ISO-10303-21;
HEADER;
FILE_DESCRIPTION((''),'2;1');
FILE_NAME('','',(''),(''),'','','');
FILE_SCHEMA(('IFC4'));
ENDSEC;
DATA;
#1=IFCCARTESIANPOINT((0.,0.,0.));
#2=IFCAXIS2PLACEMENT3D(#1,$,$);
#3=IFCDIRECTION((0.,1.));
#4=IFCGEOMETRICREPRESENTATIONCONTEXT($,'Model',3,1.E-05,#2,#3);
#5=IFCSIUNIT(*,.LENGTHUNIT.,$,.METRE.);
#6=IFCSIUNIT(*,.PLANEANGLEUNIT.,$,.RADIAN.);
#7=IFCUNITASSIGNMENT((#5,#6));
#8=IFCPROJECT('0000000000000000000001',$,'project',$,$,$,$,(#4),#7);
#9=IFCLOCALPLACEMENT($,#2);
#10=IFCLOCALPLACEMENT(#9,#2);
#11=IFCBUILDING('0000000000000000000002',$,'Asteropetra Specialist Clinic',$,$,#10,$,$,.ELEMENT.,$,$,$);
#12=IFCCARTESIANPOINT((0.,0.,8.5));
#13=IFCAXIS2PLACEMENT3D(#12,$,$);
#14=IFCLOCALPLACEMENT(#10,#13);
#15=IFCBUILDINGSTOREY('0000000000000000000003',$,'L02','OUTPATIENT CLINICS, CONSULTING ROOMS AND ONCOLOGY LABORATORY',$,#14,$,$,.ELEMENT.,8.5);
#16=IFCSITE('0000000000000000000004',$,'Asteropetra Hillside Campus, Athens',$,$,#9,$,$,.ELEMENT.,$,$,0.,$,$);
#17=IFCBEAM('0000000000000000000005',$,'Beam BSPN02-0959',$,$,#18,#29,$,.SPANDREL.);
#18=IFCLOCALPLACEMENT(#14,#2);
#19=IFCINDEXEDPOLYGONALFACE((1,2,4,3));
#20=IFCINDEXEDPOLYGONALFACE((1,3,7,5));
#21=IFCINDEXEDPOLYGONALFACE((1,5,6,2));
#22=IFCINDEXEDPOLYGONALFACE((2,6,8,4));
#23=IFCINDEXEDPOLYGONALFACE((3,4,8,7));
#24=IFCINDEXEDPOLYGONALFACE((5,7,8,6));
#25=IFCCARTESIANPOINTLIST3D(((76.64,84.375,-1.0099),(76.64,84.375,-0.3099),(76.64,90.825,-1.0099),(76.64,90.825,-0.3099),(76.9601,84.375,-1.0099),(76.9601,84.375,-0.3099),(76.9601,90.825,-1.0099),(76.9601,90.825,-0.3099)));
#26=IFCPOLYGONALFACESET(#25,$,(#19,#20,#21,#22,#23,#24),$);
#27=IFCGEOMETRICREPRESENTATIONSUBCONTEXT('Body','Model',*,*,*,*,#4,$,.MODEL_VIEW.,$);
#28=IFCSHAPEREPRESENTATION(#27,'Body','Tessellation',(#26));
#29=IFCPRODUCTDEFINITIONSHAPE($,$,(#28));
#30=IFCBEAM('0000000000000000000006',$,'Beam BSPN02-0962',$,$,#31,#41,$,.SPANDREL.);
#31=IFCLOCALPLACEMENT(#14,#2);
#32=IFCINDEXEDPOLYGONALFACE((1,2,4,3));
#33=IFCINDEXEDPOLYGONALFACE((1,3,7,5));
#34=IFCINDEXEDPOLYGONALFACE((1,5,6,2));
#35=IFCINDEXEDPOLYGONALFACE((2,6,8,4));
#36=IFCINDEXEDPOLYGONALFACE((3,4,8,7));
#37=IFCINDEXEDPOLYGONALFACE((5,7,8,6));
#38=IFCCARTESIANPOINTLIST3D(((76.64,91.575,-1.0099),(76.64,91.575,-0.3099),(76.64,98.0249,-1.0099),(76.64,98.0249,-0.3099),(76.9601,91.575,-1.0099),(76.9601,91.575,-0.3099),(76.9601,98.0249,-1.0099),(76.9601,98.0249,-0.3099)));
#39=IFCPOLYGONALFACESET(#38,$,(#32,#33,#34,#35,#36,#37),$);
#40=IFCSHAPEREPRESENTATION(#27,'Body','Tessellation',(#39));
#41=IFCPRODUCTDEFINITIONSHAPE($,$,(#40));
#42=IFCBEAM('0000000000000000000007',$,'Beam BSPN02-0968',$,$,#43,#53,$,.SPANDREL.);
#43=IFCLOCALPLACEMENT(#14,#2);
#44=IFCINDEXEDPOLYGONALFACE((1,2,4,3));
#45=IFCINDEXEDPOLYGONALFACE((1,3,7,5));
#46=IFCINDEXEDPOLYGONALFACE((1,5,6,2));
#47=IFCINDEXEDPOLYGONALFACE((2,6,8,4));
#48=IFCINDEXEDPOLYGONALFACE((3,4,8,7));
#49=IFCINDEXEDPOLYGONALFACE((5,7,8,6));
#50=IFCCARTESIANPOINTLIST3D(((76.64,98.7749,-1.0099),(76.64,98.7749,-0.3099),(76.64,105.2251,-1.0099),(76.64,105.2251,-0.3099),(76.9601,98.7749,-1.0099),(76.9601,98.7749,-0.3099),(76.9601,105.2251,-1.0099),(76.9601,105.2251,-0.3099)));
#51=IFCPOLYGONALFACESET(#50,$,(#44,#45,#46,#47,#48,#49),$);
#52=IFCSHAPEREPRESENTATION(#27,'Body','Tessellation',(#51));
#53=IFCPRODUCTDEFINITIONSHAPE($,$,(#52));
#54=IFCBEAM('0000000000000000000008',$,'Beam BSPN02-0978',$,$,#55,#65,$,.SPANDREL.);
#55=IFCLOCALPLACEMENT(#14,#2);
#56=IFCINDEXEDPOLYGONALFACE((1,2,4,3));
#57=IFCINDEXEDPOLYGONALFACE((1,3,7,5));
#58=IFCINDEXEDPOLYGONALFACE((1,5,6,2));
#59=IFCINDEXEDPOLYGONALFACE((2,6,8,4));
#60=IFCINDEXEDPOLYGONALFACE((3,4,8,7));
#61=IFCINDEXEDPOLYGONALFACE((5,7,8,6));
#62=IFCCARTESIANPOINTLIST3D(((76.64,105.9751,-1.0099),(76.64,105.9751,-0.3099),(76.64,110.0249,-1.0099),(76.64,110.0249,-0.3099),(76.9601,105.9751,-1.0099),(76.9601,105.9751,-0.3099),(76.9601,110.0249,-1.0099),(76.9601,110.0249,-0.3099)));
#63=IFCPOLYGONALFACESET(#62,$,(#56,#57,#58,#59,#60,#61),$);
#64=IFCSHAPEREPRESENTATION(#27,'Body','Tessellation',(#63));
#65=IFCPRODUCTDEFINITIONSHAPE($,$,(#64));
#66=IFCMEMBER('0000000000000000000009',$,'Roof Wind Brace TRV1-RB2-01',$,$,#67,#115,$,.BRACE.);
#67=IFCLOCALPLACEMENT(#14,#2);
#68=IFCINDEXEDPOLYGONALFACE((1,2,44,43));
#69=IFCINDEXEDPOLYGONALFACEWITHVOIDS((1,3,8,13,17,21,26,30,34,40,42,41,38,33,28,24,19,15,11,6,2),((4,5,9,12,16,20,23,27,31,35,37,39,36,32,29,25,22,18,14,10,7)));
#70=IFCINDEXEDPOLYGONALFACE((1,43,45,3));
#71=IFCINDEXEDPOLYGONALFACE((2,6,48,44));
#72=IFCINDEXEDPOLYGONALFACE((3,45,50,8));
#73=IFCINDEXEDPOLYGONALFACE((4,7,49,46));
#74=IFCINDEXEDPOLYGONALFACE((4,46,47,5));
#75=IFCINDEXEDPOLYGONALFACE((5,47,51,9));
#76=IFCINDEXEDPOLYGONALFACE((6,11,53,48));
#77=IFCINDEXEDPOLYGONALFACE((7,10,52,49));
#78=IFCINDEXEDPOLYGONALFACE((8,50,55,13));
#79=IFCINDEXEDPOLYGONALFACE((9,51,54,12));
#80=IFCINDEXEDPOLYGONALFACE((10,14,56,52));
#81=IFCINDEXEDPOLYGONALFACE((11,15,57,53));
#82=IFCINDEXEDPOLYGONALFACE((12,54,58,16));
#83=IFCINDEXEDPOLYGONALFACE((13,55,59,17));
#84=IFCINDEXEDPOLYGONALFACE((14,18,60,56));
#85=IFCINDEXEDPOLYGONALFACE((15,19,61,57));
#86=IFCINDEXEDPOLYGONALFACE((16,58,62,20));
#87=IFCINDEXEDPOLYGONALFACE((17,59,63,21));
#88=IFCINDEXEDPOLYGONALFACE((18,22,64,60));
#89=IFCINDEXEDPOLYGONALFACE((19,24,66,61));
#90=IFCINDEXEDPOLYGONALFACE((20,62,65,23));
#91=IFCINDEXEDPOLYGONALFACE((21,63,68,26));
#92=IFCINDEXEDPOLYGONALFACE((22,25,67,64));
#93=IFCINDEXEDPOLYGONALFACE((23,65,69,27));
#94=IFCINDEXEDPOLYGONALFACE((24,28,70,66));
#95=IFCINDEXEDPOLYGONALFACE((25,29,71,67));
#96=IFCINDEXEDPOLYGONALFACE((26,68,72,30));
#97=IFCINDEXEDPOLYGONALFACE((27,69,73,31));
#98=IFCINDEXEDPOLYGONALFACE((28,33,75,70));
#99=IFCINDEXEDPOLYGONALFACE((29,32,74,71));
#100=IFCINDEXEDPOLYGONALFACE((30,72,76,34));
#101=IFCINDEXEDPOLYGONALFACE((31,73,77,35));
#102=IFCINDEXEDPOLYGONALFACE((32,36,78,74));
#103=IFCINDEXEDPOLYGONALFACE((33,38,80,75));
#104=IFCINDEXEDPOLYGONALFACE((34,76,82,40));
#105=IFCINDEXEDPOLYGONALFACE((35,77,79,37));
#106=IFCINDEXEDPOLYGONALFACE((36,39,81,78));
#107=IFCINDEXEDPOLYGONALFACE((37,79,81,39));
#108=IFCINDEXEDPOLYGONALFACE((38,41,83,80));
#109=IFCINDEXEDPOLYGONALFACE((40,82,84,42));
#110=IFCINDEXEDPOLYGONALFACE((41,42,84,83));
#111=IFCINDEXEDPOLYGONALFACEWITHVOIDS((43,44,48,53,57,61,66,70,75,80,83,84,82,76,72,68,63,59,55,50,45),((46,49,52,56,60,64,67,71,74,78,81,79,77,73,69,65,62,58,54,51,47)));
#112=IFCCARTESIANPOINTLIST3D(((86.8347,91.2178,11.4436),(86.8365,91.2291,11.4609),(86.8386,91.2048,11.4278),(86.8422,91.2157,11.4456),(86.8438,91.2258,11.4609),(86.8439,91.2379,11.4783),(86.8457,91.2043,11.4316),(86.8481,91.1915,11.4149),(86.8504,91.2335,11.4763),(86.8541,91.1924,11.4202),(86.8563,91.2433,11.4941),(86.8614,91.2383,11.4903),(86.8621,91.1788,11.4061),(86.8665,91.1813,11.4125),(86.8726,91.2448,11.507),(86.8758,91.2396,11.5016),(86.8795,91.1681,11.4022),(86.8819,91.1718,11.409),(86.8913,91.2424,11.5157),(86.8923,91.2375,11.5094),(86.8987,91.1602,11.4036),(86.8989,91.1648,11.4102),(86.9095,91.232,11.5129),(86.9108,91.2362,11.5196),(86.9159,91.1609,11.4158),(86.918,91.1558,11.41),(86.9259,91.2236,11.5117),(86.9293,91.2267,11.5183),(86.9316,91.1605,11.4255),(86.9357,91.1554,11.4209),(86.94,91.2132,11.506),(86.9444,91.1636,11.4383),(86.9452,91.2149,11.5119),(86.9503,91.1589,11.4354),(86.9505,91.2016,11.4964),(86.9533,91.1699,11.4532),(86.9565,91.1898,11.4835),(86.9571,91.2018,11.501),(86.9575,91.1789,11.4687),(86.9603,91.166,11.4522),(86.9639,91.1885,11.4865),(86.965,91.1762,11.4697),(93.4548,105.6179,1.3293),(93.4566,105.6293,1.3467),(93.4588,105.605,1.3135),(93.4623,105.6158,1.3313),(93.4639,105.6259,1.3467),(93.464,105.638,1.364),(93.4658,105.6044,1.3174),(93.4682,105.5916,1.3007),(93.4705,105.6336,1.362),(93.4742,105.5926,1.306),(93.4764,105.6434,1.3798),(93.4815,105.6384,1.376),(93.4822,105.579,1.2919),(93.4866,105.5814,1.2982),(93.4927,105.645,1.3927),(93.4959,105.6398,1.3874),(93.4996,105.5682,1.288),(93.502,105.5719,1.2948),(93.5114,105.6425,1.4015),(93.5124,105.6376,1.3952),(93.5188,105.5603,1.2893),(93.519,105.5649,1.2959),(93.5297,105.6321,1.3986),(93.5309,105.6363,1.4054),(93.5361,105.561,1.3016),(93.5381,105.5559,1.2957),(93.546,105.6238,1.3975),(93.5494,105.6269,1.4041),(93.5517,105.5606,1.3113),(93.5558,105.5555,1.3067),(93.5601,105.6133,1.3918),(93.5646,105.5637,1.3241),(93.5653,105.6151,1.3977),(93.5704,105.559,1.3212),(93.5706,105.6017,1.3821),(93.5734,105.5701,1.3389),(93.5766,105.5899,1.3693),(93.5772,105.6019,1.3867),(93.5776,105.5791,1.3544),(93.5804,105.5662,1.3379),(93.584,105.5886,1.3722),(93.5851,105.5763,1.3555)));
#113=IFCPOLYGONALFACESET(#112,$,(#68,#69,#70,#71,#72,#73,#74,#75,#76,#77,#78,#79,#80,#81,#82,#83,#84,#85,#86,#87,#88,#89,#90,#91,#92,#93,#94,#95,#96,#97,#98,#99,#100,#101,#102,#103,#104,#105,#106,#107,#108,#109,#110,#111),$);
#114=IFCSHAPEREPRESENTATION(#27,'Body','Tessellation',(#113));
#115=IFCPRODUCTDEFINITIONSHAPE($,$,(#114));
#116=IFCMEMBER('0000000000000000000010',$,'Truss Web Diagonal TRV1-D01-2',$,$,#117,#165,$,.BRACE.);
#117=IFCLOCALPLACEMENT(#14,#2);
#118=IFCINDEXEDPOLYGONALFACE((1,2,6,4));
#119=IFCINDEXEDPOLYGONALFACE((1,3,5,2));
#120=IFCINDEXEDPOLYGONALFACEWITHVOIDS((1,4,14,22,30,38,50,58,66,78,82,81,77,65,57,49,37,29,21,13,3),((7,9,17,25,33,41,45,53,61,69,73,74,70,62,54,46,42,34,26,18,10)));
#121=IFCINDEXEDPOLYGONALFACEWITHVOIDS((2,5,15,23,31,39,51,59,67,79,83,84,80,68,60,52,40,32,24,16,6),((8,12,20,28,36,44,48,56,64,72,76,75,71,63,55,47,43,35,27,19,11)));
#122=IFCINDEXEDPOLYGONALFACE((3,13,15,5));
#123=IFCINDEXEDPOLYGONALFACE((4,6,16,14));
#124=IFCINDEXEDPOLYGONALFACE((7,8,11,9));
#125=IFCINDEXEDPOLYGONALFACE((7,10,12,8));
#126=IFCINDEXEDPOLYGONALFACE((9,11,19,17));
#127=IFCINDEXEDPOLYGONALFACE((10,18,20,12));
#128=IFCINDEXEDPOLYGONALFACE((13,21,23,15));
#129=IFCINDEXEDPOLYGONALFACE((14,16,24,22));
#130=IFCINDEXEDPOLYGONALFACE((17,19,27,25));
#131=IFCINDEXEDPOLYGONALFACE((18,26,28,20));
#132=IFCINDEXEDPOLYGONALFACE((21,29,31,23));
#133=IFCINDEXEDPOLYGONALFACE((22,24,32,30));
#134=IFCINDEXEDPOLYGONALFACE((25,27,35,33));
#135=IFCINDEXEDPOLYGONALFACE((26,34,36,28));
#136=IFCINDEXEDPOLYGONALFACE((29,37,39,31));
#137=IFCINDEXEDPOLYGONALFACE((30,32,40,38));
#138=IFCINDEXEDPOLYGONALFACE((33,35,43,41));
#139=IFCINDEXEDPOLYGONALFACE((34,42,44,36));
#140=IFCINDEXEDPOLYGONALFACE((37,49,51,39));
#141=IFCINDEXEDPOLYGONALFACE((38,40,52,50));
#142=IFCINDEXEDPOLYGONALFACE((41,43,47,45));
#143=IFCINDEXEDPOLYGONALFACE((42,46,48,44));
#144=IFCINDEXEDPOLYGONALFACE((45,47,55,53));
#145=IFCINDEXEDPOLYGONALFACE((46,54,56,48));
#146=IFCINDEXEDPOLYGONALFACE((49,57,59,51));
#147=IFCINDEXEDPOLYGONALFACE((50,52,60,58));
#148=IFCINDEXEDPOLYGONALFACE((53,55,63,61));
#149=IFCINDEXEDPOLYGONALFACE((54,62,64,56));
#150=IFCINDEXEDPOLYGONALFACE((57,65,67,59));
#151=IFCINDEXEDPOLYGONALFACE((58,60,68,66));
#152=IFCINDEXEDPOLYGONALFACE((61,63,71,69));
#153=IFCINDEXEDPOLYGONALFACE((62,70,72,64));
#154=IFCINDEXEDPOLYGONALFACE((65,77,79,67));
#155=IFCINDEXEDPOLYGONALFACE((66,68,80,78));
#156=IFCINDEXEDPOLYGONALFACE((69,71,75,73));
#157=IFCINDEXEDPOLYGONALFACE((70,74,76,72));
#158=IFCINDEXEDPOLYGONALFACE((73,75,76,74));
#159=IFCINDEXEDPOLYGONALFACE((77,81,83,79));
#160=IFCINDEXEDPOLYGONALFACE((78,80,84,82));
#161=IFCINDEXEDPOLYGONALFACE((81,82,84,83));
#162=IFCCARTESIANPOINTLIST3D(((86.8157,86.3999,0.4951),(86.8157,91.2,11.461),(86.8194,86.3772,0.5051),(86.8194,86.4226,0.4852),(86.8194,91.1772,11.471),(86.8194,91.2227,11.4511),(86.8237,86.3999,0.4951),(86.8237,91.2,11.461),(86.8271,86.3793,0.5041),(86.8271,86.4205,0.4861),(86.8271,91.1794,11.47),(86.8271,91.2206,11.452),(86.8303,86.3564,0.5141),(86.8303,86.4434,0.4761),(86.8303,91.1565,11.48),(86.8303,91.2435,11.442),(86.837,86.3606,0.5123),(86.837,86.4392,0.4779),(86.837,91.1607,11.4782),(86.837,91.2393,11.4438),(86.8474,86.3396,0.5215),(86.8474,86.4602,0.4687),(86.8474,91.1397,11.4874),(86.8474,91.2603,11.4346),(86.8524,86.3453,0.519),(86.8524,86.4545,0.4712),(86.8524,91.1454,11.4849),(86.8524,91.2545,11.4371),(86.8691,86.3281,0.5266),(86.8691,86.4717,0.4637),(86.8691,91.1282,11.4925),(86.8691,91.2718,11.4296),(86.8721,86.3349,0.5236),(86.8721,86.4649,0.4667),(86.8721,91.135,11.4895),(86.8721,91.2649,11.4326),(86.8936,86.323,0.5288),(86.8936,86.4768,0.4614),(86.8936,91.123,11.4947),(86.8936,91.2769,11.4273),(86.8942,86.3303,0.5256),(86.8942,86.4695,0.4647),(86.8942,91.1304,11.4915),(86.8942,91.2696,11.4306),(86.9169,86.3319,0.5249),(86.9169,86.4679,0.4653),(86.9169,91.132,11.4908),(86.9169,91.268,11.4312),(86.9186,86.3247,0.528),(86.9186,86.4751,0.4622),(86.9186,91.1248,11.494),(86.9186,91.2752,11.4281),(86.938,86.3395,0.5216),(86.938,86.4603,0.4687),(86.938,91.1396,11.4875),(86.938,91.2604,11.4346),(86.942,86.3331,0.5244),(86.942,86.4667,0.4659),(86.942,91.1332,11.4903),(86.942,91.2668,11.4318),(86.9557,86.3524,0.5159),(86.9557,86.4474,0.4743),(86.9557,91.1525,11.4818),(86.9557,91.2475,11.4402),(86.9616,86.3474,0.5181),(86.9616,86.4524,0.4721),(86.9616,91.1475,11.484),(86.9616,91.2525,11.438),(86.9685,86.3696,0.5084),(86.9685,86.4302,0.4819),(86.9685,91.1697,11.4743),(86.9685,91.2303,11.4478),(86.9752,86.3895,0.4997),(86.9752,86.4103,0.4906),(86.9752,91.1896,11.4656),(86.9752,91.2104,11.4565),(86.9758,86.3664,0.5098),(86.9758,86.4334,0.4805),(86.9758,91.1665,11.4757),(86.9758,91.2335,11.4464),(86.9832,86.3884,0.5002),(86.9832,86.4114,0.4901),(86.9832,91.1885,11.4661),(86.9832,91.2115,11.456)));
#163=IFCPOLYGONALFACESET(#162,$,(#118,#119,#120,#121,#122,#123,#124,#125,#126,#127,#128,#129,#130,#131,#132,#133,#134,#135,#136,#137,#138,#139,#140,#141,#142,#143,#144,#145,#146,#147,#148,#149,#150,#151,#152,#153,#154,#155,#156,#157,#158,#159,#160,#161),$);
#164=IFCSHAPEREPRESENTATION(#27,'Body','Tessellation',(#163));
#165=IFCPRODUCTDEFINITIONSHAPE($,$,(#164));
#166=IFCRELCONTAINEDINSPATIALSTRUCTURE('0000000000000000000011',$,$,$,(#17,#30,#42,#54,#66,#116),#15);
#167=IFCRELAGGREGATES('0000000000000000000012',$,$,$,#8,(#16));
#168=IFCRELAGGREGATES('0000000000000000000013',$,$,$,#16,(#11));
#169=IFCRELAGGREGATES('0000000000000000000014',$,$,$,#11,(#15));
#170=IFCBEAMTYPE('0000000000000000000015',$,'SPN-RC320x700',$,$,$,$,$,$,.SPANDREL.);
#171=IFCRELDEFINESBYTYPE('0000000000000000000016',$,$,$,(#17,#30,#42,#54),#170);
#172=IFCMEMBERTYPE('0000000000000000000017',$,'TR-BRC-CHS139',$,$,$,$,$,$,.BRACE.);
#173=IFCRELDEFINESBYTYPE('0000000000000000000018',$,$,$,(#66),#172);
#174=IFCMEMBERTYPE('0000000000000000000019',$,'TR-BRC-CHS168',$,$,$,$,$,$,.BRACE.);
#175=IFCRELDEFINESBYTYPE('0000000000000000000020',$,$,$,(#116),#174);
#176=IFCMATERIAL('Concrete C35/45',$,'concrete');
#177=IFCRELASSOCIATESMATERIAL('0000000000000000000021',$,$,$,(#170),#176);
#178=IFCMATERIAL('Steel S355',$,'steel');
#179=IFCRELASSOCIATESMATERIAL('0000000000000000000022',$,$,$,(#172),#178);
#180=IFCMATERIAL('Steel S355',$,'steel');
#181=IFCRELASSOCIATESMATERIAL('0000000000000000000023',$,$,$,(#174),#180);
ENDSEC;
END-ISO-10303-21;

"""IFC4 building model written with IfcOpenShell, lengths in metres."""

from ifc_helpers import new_model, si_unit, direction, frame, origin, origin_2d, place, context, subcontext, project, spatial, rectangle, hollow_circle, extrude, material, material_profile, profile_set, type_object, element, save


model = new_model("IFC4")

# Units and contexts
model_context = context("Model", 3, precision=1e-05, world=origin(), true_north=direction((0.0, 1.0)))
body_context = subcontext(model_context, "Body", "Model", "MODEL_VIEW")
ifc_project = project(units=[si_unit("LENGTHUNIT", "METRE"), si_unit("PLANEANGLEUNIT", "RADIAN")], contexts=[model_context])

# Site, building, storey
site_placement = place(None, origin())
site = spatial("IfcSite", under=ifc_project, at=site_placement, Name="Asteropetra Hillside Campus, Athens", CompositionType="ELEMENT", RefElevation=0.0)
building_placement = place(site_placement, origin())
building = spatial("IfcBuilding", under=site, at=building_placement, Name="Asteropetra Specialist Clinic", CompositionType="ELEMENT")
storey_placement = place(building_placement, frame((0.0, 0.0, 8.5)))
storey = spatial("IfcBuildingStorey", under=building, at=storey_placement, Name="L02", Description="OUTPATIENT CLINICS, CONSULTING ROOMS AND ONCOLOGY LABORATORY", CompositionType="ELEMENT", Elevation=8.5)

# Beams
ifc_material_1 = material(Name="Concrete C35/45", Category="concrete")
ifc_material_profile_1 = material_profile(ifc_material_1, rectangle(XDim=0.3201, YDim=0.7, at=origin_2d()), Name="RCS 320x700")
ifc_profile_set_1 = profile_set([ifc_material_profile_1], Name="Concrete C35/45")
beam_type = type_object("IfcBeamType", Name="SPN-RC320x700", PredefinedType="SPANDREL", material=ifc_profile_set_1)
for number, where, z_axis, x_axis, name in (
    (1, (76.8, 84.375, -0.6599), (0.0, 1.0, 0.0), (-1.0, 0.0, 0.0), "Beam BSPN02-0959"),
    (2, (76.8, 91.575, -0.6599), (0.0, 1.0, 0.0), (-1.0, 0.0, 0.0), "Beam BSPN02-0962"),
):
    element("IfcBeam", number, at=place(storey_placement, frame(where, z_axis=z_axis, x_axis=x_axis)), inside=storey, type_object=beam_type, Name=name, PredefinedType="SPANDREL", context=body_context, shape_type="SweptSolid", body=[
        extrude(rectangle(XDim=0.3201, YDim=0.7, at=origin_2d()), origin(), (0.0, 0.0, 1.0), 6.45),
    ])
beam_1_placement = place(storey_placement, frame((76.8, 98.7749, -0.6599), z_axis=(0.0, 1.0, 0.0), x_axis=(-1.0, 0.0, 0.0)))
element("IfcBeam", 3, at=beam_1_placement, inside=storey, type_object=beam_type, Name="Beam BSPN02-0968", PredefinedType="SPANDREL", context=body_context, shape_type="SweptSolid", body=[
    extrude(rectangle(XDim=0.3201, YDim=0.7, at=origin_2d()), origin(), (0.0, 0.0, 1.0), 6.4502),
])
beam_2_placement = place(storey_placement, frame((76.8, 105.9751, -0.6599), z_axis=(0.0, 1.0, 0.0), x_axis=(-1.0, 0.0, 0.0)))
element("IfcBeam", 4, at=beam_2_placement, inside=storey, type_object=beam_type, Name="Beam BSPN02-0978", PredefinedType="SPANDREL", context=body_context, shape_type="SweptSolid", body=[
    extrude(rectangle(XDim=0.3201, YDim=0.7, at=origin_2d()), origin(), (0.0, 0.0, 1.0), 4.0498),
])

# Members
ifc_material_2 = material(Name="Steel S355", Category="steel")
ifc_material_profile_2 = material_profile(ifc_material_2, hollow_circle(Radius=0.0698, WallThickness=0.0081, at=origin_2d()), Name="CHS 139.7x8.0")
ifc_profile_set_2 = profile_set([ifc_material_profile_2], Name="Steel S355")
member_type_1 = type_object("IfcMemberType", Name="TR-BRC-CHS139", PredefinedType="BRACE", material=ifc_profile_set_2)
member_1_placement = place(storey_placement, frame((86.8999, 91.2, 11.4609), z_axis=(0.35211, 0.765913, -0.537956), x_axis=(-0.908585, 0.4177, 0.0)))
element("IfcMember", 5, at=member_1_placement, inside=storey, type_object=member_type_1, Name="Roof Wind Brace TRV1-RB2-01", PredefinedType="BRACE", context=body_context, shape_type="SweptSolid", body=[
    extrude(hollow_circle(Radius=0.0698, WallThickness=0.0081, at=origin_2d()), origin(), (0.0, 0.0, 1.0), 18.8013),
])
ifc_material_3 = material(Name="Steel S355", Category="steel")
ifc_material_profile_3 = material_profile(ifc_material_3, hollow_circle(Radius=0.0842, WallThickness=0.0081, at=origin_2d()), Name="CHS 168.3x8.0")
ifc_profile_set_3 = profile_set([ifc_material_profile_3], Name="Steel S355")
member_type_2 = type_object("IfcMemberType", Name="TR-BRC-CHS168", PredefinedType="BRACE", material=ifc_profile_set_3)
for number, where, z_axis, x_axis, name in (
    (6, (86.8999, 86.3999, 0.4951), (0.0, 0.400994, 0.916081), (-1.0, 0.0, 0.0), "Truss Web Diagonal TRV1-D01-2"),
):
    element("IfcMember", number, at=place(storey_placement, frame(where, z_axis=z_axis, x_axis=x_axis)), inside=storey, type_object=member_type_2, Name=name, PredefinedType="BRACE", context=body_context, shape_type="SweptSolid", body=[
        extrude(hollow_circle(Radius=0.0842, WallThickness=0.0081, at=origin_2d()), origin(), (0.0, 0.0, 1.0), 11.9705),
    ])

save(model, "model.ifc")
